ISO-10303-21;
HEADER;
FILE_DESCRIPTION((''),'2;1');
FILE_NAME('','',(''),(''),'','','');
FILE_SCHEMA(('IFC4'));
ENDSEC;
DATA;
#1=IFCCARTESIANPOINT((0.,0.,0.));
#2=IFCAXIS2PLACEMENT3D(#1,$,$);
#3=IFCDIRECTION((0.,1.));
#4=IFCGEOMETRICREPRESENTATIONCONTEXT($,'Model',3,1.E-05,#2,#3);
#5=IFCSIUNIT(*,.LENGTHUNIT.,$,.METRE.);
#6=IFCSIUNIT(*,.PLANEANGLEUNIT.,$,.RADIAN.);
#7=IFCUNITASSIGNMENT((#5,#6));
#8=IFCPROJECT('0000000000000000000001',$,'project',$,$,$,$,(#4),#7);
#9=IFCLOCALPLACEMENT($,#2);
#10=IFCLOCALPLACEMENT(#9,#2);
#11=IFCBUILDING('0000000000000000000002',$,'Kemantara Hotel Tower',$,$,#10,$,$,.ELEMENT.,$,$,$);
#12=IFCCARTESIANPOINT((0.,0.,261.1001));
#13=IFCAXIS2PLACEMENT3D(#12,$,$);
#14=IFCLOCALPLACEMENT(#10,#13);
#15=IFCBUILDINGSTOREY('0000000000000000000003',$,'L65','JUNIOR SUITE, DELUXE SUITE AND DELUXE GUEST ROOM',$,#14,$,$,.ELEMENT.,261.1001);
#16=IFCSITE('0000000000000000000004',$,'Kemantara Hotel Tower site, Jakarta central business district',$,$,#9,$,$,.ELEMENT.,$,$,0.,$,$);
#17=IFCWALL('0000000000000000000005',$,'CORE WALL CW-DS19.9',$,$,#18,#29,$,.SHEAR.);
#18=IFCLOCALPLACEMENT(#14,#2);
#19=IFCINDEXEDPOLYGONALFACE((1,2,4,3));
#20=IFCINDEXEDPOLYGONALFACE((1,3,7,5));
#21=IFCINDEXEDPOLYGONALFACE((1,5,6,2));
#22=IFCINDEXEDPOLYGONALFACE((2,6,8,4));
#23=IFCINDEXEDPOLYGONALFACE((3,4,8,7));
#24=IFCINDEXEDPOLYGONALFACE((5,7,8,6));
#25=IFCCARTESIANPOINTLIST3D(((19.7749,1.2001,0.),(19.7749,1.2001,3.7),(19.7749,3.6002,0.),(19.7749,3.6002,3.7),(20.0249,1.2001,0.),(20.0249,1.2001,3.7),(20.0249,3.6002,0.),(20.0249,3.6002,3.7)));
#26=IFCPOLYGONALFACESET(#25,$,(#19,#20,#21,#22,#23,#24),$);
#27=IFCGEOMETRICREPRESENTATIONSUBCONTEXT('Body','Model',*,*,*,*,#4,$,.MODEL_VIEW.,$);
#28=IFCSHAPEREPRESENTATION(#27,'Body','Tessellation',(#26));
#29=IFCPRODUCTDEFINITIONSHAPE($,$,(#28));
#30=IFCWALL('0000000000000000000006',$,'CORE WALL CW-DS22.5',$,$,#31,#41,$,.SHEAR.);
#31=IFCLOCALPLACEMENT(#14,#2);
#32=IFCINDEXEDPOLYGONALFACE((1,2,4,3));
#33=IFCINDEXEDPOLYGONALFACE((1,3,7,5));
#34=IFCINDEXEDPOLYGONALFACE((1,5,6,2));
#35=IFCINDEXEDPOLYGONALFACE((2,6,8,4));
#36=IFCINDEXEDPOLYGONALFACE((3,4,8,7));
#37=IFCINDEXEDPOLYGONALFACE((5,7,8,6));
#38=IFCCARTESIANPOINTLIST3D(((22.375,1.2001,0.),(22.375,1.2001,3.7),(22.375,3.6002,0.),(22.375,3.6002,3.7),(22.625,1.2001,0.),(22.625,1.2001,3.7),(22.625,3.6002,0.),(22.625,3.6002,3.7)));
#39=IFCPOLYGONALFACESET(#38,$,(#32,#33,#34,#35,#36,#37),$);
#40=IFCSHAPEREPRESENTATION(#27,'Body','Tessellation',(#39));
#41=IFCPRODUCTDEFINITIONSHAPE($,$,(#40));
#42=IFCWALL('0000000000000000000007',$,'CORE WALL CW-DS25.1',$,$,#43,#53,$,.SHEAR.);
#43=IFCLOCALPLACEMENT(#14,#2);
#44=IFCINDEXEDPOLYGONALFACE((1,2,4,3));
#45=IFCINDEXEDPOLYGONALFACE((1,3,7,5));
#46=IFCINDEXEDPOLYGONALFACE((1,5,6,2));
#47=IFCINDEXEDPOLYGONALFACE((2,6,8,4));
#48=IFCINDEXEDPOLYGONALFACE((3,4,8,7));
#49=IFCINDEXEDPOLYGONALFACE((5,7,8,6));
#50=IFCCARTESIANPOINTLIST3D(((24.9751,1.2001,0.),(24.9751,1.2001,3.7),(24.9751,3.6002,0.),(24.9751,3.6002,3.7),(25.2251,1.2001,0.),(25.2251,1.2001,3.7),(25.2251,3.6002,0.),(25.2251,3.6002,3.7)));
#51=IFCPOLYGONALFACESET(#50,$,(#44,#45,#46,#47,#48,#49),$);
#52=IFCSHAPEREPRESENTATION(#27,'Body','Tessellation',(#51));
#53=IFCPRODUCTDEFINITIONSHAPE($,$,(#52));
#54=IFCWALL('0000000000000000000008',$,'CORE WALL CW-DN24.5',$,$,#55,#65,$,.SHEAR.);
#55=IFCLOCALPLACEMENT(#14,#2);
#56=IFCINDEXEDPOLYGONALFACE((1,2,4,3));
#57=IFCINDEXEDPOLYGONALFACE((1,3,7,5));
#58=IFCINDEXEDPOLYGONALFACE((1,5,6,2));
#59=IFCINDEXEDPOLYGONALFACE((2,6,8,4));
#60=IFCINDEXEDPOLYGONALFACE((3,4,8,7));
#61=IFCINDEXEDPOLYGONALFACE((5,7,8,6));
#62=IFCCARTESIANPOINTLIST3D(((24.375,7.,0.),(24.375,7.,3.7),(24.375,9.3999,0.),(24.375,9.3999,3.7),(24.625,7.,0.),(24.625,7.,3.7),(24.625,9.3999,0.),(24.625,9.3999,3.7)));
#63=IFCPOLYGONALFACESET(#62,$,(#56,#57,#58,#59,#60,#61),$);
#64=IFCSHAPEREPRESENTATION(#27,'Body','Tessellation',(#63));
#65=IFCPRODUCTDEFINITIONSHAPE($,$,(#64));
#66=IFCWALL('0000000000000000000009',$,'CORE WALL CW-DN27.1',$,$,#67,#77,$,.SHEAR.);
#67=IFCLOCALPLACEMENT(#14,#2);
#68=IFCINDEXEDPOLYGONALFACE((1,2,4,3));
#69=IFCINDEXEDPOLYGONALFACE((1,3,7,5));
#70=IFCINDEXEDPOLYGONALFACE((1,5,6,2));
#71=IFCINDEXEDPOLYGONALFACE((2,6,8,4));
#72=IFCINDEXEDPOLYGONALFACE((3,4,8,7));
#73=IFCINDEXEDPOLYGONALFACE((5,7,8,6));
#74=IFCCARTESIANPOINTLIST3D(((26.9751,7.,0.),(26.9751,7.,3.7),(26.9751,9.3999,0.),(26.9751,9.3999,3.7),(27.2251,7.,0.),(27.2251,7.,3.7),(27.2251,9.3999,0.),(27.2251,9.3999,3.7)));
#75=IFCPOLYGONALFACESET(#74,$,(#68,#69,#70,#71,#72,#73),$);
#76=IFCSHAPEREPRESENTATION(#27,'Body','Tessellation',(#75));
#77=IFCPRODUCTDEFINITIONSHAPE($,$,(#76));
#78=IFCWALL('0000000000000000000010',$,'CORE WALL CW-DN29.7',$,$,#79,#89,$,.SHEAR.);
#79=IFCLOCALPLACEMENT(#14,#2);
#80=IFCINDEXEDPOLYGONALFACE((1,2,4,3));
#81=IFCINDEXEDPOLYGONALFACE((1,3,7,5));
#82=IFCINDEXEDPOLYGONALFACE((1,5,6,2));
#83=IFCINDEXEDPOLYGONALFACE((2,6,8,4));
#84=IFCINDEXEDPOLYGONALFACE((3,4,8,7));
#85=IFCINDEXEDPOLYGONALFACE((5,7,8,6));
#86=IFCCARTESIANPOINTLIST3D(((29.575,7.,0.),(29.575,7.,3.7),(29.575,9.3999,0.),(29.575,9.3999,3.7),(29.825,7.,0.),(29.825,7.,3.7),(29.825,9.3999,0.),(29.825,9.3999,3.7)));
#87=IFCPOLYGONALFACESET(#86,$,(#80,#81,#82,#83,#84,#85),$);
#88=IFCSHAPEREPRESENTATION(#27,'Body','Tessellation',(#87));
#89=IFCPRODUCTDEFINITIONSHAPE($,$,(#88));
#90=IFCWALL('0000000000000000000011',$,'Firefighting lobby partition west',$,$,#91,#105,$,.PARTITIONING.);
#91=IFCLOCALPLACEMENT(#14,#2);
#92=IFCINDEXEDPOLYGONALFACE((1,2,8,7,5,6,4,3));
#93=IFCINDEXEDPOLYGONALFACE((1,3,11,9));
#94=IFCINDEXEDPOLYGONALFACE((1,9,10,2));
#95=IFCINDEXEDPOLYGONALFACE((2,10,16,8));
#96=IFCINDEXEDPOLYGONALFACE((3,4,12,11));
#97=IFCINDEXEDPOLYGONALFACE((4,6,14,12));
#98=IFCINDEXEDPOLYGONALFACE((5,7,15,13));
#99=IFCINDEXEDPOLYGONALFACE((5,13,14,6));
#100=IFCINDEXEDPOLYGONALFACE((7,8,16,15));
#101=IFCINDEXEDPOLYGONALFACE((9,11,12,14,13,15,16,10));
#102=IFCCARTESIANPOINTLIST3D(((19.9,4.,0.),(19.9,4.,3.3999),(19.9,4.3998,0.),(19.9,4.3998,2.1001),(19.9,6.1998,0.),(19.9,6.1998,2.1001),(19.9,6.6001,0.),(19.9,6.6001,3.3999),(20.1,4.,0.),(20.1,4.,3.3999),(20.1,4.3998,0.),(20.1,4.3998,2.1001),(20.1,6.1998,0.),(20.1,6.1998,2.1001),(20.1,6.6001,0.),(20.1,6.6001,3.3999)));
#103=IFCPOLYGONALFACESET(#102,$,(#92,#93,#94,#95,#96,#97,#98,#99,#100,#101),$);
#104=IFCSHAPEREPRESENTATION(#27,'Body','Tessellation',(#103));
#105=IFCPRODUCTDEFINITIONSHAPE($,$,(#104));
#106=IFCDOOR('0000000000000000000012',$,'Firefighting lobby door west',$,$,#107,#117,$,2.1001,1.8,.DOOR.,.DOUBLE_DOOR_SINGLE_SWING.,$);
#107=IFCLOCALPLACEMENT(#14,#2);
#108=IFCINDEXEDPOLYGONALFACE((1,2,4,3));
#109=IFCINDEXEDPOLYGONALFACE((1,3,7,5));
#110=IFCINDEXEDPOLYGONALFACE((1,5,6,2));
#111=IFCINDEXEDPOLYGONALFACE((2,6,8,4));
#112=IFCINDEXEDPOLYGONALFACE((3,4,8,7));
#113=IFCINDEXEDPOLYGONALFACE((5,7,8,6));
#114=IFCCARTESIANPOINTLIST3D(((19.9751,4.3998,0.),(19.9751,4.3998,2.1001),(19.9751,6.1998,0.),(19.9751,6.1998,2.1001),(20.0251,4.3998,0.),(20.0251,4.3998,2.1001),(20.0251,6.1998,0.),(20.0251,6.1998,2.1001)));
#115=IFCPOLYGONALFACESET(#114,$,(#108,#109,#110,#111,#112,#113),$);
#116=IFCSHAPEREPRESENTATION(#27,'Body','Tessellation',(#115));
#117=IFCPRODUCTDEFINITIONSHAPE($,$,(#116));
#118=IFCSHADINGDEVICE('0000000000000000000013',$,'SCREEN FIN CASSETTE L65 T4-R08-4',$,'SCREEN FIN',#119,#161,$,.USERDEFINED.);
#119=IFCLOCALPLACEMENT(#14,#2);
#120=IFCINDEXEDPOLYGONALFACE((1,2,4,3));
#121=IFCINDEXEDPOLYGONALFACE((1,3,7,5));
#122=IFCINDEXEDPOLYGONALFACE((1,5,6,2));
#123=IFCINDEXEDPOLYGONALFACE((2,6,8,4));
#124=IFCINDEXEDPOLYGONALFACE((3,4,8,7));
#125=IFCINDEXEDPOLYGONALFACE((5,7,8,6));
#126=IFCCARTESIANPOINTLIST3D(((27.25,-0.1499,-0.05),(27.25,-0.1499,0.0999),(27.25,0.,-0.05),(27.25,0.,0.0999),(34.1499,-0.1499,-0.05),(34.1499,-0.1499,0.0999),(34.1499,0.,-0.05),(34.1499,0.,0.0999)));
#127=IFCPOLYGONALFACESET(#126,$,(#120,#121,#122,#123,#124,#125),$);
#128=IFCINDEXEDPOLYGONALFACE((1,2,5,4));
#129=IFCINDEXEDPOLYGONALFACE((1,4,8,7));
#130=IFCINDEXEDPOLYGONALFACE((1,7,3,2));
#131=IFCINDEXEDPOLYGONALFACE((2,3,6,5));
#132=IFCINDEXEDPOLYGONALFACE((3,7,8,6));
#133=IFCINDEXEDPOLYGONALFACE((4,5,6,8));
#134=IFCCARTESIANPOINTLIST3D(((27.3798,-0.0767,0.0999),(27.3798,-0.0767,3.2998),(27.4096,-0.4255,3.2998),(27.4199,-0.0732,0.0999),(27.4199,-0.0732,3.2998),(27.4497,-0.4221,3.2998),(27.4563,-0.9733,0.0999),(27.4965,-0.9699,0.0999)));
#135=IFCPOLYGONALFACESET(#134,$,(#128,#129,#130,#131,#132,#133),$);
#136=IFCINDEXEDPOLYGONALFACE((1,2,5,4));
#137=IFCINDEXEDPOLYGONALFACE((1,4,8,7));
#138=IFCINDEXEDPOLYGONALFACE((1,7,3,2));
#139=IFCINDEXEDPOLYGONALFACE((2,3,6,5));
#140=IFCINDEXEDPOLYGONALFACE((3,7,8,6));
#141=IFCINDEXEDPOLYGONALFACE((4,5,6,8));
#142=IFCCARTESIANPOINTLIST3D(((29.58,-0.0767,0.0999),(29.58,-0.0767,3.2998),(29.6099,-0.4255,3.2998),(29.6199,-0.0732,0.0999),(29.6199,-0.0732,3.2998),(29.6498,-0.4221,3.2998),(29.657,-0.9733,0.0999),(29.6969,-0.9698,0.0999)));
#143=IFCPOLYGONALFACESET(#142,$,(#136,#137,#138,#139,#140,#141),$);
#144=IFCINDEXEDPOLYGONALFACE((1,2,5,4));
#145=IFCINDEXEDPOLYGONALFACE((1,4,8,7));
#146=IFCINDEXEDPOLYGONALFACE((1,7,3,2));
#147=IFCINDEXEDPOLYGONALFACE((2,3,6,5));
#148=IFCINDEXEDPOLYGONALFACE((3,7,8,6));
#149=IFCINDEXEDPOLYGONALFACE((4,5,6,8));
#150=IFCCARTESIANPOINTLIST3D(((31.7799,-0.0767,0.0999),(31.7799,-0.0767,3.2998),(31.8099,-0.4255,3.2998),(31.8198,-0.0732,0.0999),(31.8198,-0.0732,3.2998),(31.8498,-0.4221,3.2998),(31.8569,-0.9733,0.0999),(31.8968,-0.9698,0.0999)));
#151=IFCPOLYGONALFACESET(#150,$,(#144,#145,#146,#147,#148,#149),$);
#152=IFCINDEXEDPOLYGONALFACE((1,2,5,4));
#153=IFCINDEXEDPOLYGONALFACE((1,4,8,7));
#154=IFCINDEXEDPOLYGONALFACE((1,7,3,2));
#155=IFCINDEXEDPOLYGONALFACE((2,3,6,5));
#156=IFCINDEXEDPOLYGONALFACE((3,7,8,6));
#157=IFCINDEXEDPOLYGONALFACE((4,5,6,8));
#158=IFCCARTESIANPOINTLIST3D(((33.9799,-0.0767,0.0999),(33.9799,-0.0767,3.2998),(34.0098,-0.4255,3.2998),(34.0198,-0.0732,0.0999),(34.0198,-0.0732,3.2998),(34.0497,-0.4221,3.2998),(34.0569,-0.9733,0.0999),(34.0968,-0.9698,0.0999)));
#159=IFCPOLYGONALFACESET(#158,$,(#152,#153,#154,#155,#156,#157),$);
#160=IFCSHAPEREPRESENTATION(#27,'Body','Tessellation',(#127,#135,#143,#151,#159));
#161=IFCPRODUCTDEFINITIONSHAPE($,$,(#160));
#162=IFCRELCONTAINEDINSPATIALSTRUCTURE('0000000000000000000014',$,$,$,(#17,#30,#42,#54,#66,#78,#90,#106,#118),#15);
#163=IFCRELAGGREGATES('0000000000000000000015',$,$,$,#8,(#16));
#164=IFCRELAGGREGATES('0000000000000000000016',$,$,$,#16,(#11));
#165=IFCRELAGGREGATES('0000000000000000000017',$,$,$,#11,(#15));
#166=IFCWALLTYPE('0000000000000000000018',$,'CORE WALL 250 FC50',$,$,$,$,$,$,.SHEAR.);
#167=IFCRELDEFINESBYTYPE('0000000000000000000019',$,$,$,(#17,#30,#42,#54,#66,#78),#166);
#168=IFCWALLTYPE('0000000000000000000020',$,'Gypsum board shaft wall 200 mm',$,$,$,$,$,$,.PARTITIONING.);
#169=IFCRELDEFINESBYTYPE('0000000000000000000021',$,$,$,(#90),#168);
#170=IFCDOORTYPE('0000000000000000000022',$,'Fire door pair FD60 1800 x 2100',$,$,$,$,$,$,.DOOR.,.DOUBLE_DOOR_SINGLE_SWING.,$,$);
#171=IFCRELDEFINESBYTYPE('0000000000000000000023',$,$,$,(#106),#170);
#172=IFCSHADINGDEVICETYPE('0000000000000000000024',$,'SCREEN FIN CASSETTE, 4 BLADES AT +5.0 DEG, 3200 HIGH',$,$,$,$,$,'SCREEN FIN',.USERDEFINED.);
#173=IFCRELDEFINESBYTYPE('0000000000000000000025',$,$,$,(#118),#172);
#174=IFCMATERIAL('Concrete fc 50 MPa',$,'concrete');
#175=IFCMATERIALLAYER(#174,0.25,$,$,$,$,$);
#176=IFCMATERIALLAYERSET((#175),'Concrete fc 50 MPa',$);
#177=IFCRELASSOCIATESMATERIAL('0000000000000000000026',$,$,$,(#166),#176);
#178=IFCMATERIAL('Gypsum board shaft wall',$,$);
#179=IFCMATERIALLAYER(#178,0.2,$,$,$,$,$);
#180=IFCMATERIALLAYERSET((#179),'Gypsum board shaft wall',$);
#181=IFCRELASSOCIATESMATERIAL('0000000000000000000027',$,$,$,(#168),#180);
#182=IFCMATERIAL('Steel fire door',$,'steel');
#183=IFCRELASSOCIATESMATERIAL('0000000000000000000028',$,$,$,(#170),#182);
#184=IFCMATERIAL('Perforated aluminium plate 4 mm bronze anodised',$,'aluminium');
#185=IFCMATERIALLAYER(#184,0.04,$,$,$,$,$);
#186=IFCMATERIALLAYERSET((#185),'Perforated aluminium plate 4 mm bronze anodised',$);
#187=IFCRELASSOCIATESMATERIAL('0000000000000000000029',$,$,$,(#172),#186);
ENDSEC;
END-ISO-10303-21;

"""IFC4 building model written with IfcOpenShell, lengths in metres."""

from ifc_helpers import new_model, si_unit, direction, frame, frame_2d, origin, origin_2d, place, context, subcontext, project, spatial, polyline, rectangle, outline, extrude, source, transform, mapped, material, layer, layer_set, type_object, element, fill, save


model = new_model("IFC4")

# Units and contexts
model_context = context("Model", 3, precision=1e-05, world=origin(), true_north=direction((0.0, 1.0)))
body_context = subcontext(model_context, "Body", "Model", "MODEL_VIEW")
ifc_project = project(units=[si_unit("LENGTHUNIT", "METRE"), si_unit("PLANEANGLEUNIT", "RADIAN")], contexts=[model_context])

# Site, building, storey
site_placement = place(None, origin())
site = spatial("IfcSite", under=ifc_project, at=site_placement, Name="Kemantara Hotel Tower site, Jakarta central business district", CompositionType="ELEMENT", RefElevation=0.0)
building_placement = place(site_placement, origin())
building = spatial("IfcBuilding", under=site, at=building_placement, Name="Kemantara Hotel Tower", CompositionType="ELEMENT")
storey_placement = place(building_placement, frame((0.0, 0.0, 261.1001)))
storey = spatial("IfcBuildingStorey", under=building, at=storey_placement, Name="L65", Description="JUNIOR SUITE, DELUXE SUITE AND DELUXE GUEST ROOM", CompositionType="ELEMENT", Elevation=261.1001)

# Walls
ifc_material_1 = material(Name="Concrete fc 50 MPa", Category="concrete")
ifc_layer_1 = layer(ifc_material_1, 0.25)
ifc_layer_set_1 = layer_set([ifc_layer_1], Name="Concrete fc 50 MPa")
wall_type_1 = type_object("IfcWallType", Name="CORE WALL 250 FC50", PredefinedType="SHEAR", material=ifc_layer_set_1)
for number, where, z_axis, x_axis, name in (
    (1, (19.8999, 1.2, 0.0), (0.0, 0.0, 1.0), (0.0, 1.0, 0.0), "CORE WALL CW-DS19.9"),
    (2, (22.5, 1.2, 0.0), (0.0, 0.0, 1.0), (0.0, 1.0, 0.0), "CORE WALL CW-DS22.5"),
    (3, (25.1001, 1.2, 0.0), (0.0, 0.0, 1.0), (0.0, 1.0, 0.0), "CORE WALL CW-DS25.1"),
):
    element("IfcWall", number, at=place(storey_placement, frame(where, z_axis=z_axis, x_axis=x_axis)), inside=storey, type_object=wall_type_1, Name=name, PredefinedType="SHEAR", context=body_context, shape_type="SweptSolid", body=[
        extrude(rectangle(XDim=2.4001, YDim=0.25, at=frame_2d((1.2002, 0.0))), origin(), (0.0, 0.0, 1.0), 3.7),
    ])
for number, where, z_axis, x_axis, name in (
    (4, (24.5, 7.0, 0.0), (0.0, 0.0, 1.0), (0.0, 1.0, 0.0), "CORE WALL CW-DN24.5"),
    (5, (27.1001, 7.0, 0.0), (0.0, 0.0, 1.0), (0.0, 1.0, 0.0), "CORE WALL CW-DN27.1"),
    (6, (29.7, 7.0, 0.0), (0.0, 0.0, 1.0), (0.0, 1.0, 0.0), "CORE WALL CW-DN29.7"),
):
    element("IfcWall", number, at=place(storey_placement, frame(where, z_axis=z_axis, x_axis=x_axis)), inside=storey, type_object=wall_type_1, Name=name, PredefinedType="SHEAR", context=body_context, shape_type="SweptSolid", body=[
        extrude(rectangle(XDim=2.3999, YDim=0.25, at=frame_2d((1.2, 0.0))), origin(), (0.0, 0.0, 1.0), 3.7),
    ])

# Wall, opening, door
ifc_material_2 = material(Name="Gypsum board shaft wall")
ifc_layer_2 = layer(ifc_material_2, 0.2)
ifc_layer_set_2 = layer_set([ifc_layer_2], Name="Gypsum board shaft wall")
wall_type_2 = type_object("IfcWallType", Name="Gypsum board shaft wall 200 mm", PredefinedType="PARTITIONING", material=ifc_layer_set_2)
wall_placement = place(storey_placement, frame((20.0, 4.0, 0.0), z_axis=(0.0, 0.0, 1.0), x_axis=(0.0, 1.0, 0.0)))
wall = element("IfcWall", 7, at=wall_placement, inside=storey, type_object=wall_type_2, Name="Firefighting lobby partition west", PredefinedType="PARTITIONING", context=body_context, shape_type="SweptSolid", body=[
    extrude(rectangle(XDim=2.6001, YDim=0.2, at=frame_2d((1.3, 0.0))), origin(), (0.0, 0.0, 1.0), 3.3999),
])
opening_placement = place(wall_placement, frame((0.3999, 0.0, 0.0)))
opening = element("IfcOpeningElement", 8, at=opening_placement, cuts=wall, PredefinedType="OPENING", context=body_context, shape_type="SweptSolid", body=[
    extrude(rectangle(XDim=1.8, YDim=2.1001, at=frame_2d((0.8999, 1.05))), frame((0.0, 0.1099, 0.0), z_axis=(0.0, -1.0, 0.0), x_axis=(1.0, 0.0, 0.0)), (0.0, 0.0, 1.0), 0.22),
])
ifc_material_3 = material(Name="Steel fire door", Category="steel")
door_type = type_object("IfcDoorType", Name="Fire door pair FD60 1800 x 2100", OperationType="DOUBLE_DOOR_SINGLE_SWING", PredefinedType="DOOR", material=ifc_material_3)
door_placement = place(opening_placement, origin())
door = element("IfcDoor", 9, at=door_placement, inside=storey, type_object=door_type, Name="Firefighting lobby door west", OperationType="DOUBLE_DOOR_SINGLE_SWING", OverallHeight=2.1001, OverallWidth=1.8, PredefinedType="DOOR", context=body_context, shape_type="SweptSolid", body=[
    extrude(rectangle(XDim=1.8, YDim=2.1001, at=frame_2d((0.8999, 1.05))), frame((0.0, 0.0249, 0.0), z_axis=(0.0, -1.0, 0.0), x_axis=(1.0, 0.0, 0.0)), (0.0, 0.0, 1.0), 0.05),
])
fill(opening, door)

# Shading device
ifc_material_4 = material(Name="Perforated aluminium plate 4 mm bronze anodised", Category="aluminium")
ifc_layer_3 = layer(ifc_material_4, 0.04)
ifc_layer_set_3 = layer_set([ifc_layer_3], Name="Perforated aluminium plate 4 mm bronze anodised")
shading_device_type = type_object("IfcShadingDeviceType", Name="SCREEN FIN CASSETTE, 4 BLADES AT +5.0 DEG, 3200 HIGH", ElementType="SCREEN FIN", PredefinedType="USERDEFINED", material=ifc_layer_set_3)
shared_shape = source(origin(), body_context, "Body", "SweptSolid", [
    extrude(rectangle(XDim=6.8999, YDim=0.1499, at=origin_2d()), frame((3.3, -0.075, -0.1499), z_axis=(0.0, 0.0, 1.0), x_axis=(1.0, 0.0, 0.0)), (0.0, 0.0, 1.0), 0.1499),
    extrude(outline(polyline([(0.0, 0.0), (0.8999, 0.0), (0.3501, 3.2), (0.0, 3.2), (0.0, 0.0)])), frame((0.02, -0.0732, 0.0), z_axis=(-0.996376, -0.085056, 0.0), x_axis=(0.085056, -0.996376, 0.0)), (0.0, 0.0, 1.0), 0.0403),
    extrude(outline(polyline([(0.0, 0.0), (0.8999, 0.0), (0.3501, 3.2), (0.0, 3.2), (0.0, 0.0)])), frame((2.22, -0.0732, 0.0), z_axis=(-0.996332, -0.085575, 0.0), x_axis=(0.085575, -0.996332, 0.0)), (0.0, 0.0, 1.0), 0.04),
    extrude(outline(polyline([(0.0, 0.0), (0.8999, 0.0), (0.3501, 3.2), (0.0, 3.2), (0.0, 0.0)])), frame((4.4199, -0.0732, 0.0), z_axis=(-0.996332, -0.085575, 0.0), x_axis=(0.085575, -0.996332, 0.0)), (0.0, 0.0, 1.0), 0.04),
    extrude(outline(polyline([(0.0, 0.0), (0.8999, 0.0), (0.3501, 3.2), (0.0, 3.2), (0.0, 0.0)])), frame((6.6199, -0.0732, 0.0), z_axis=(-0.996332, -0.085575, 0.0), x_axis=(0.085575, -0.996332, 0.0)), (0.0, 0.0, 1.0), 0.04),
])
shading_device_placement = place(storey_placement, frame((27.3999, 0.0, 0.0999), z_axis=(0.0, 0.0, 1.0), x_axis=(1.0, 0.0, 0.0)))
element("IfcShadingDevice", 10, at=shading_device_placement, inside=storey, type_object=shading_device_type, Name="SCREEN FIN CASSETTE L65 T4-R08-4", ObjectType="SCREEN FIN", PredefinedType="USERDEFINED", context=body_context, shape_type="MappedRepresentation", body=[
    mapped(shared_shape, transform((0.0, 0.0, 0.0))),
])

save(model, "model.ifc")
